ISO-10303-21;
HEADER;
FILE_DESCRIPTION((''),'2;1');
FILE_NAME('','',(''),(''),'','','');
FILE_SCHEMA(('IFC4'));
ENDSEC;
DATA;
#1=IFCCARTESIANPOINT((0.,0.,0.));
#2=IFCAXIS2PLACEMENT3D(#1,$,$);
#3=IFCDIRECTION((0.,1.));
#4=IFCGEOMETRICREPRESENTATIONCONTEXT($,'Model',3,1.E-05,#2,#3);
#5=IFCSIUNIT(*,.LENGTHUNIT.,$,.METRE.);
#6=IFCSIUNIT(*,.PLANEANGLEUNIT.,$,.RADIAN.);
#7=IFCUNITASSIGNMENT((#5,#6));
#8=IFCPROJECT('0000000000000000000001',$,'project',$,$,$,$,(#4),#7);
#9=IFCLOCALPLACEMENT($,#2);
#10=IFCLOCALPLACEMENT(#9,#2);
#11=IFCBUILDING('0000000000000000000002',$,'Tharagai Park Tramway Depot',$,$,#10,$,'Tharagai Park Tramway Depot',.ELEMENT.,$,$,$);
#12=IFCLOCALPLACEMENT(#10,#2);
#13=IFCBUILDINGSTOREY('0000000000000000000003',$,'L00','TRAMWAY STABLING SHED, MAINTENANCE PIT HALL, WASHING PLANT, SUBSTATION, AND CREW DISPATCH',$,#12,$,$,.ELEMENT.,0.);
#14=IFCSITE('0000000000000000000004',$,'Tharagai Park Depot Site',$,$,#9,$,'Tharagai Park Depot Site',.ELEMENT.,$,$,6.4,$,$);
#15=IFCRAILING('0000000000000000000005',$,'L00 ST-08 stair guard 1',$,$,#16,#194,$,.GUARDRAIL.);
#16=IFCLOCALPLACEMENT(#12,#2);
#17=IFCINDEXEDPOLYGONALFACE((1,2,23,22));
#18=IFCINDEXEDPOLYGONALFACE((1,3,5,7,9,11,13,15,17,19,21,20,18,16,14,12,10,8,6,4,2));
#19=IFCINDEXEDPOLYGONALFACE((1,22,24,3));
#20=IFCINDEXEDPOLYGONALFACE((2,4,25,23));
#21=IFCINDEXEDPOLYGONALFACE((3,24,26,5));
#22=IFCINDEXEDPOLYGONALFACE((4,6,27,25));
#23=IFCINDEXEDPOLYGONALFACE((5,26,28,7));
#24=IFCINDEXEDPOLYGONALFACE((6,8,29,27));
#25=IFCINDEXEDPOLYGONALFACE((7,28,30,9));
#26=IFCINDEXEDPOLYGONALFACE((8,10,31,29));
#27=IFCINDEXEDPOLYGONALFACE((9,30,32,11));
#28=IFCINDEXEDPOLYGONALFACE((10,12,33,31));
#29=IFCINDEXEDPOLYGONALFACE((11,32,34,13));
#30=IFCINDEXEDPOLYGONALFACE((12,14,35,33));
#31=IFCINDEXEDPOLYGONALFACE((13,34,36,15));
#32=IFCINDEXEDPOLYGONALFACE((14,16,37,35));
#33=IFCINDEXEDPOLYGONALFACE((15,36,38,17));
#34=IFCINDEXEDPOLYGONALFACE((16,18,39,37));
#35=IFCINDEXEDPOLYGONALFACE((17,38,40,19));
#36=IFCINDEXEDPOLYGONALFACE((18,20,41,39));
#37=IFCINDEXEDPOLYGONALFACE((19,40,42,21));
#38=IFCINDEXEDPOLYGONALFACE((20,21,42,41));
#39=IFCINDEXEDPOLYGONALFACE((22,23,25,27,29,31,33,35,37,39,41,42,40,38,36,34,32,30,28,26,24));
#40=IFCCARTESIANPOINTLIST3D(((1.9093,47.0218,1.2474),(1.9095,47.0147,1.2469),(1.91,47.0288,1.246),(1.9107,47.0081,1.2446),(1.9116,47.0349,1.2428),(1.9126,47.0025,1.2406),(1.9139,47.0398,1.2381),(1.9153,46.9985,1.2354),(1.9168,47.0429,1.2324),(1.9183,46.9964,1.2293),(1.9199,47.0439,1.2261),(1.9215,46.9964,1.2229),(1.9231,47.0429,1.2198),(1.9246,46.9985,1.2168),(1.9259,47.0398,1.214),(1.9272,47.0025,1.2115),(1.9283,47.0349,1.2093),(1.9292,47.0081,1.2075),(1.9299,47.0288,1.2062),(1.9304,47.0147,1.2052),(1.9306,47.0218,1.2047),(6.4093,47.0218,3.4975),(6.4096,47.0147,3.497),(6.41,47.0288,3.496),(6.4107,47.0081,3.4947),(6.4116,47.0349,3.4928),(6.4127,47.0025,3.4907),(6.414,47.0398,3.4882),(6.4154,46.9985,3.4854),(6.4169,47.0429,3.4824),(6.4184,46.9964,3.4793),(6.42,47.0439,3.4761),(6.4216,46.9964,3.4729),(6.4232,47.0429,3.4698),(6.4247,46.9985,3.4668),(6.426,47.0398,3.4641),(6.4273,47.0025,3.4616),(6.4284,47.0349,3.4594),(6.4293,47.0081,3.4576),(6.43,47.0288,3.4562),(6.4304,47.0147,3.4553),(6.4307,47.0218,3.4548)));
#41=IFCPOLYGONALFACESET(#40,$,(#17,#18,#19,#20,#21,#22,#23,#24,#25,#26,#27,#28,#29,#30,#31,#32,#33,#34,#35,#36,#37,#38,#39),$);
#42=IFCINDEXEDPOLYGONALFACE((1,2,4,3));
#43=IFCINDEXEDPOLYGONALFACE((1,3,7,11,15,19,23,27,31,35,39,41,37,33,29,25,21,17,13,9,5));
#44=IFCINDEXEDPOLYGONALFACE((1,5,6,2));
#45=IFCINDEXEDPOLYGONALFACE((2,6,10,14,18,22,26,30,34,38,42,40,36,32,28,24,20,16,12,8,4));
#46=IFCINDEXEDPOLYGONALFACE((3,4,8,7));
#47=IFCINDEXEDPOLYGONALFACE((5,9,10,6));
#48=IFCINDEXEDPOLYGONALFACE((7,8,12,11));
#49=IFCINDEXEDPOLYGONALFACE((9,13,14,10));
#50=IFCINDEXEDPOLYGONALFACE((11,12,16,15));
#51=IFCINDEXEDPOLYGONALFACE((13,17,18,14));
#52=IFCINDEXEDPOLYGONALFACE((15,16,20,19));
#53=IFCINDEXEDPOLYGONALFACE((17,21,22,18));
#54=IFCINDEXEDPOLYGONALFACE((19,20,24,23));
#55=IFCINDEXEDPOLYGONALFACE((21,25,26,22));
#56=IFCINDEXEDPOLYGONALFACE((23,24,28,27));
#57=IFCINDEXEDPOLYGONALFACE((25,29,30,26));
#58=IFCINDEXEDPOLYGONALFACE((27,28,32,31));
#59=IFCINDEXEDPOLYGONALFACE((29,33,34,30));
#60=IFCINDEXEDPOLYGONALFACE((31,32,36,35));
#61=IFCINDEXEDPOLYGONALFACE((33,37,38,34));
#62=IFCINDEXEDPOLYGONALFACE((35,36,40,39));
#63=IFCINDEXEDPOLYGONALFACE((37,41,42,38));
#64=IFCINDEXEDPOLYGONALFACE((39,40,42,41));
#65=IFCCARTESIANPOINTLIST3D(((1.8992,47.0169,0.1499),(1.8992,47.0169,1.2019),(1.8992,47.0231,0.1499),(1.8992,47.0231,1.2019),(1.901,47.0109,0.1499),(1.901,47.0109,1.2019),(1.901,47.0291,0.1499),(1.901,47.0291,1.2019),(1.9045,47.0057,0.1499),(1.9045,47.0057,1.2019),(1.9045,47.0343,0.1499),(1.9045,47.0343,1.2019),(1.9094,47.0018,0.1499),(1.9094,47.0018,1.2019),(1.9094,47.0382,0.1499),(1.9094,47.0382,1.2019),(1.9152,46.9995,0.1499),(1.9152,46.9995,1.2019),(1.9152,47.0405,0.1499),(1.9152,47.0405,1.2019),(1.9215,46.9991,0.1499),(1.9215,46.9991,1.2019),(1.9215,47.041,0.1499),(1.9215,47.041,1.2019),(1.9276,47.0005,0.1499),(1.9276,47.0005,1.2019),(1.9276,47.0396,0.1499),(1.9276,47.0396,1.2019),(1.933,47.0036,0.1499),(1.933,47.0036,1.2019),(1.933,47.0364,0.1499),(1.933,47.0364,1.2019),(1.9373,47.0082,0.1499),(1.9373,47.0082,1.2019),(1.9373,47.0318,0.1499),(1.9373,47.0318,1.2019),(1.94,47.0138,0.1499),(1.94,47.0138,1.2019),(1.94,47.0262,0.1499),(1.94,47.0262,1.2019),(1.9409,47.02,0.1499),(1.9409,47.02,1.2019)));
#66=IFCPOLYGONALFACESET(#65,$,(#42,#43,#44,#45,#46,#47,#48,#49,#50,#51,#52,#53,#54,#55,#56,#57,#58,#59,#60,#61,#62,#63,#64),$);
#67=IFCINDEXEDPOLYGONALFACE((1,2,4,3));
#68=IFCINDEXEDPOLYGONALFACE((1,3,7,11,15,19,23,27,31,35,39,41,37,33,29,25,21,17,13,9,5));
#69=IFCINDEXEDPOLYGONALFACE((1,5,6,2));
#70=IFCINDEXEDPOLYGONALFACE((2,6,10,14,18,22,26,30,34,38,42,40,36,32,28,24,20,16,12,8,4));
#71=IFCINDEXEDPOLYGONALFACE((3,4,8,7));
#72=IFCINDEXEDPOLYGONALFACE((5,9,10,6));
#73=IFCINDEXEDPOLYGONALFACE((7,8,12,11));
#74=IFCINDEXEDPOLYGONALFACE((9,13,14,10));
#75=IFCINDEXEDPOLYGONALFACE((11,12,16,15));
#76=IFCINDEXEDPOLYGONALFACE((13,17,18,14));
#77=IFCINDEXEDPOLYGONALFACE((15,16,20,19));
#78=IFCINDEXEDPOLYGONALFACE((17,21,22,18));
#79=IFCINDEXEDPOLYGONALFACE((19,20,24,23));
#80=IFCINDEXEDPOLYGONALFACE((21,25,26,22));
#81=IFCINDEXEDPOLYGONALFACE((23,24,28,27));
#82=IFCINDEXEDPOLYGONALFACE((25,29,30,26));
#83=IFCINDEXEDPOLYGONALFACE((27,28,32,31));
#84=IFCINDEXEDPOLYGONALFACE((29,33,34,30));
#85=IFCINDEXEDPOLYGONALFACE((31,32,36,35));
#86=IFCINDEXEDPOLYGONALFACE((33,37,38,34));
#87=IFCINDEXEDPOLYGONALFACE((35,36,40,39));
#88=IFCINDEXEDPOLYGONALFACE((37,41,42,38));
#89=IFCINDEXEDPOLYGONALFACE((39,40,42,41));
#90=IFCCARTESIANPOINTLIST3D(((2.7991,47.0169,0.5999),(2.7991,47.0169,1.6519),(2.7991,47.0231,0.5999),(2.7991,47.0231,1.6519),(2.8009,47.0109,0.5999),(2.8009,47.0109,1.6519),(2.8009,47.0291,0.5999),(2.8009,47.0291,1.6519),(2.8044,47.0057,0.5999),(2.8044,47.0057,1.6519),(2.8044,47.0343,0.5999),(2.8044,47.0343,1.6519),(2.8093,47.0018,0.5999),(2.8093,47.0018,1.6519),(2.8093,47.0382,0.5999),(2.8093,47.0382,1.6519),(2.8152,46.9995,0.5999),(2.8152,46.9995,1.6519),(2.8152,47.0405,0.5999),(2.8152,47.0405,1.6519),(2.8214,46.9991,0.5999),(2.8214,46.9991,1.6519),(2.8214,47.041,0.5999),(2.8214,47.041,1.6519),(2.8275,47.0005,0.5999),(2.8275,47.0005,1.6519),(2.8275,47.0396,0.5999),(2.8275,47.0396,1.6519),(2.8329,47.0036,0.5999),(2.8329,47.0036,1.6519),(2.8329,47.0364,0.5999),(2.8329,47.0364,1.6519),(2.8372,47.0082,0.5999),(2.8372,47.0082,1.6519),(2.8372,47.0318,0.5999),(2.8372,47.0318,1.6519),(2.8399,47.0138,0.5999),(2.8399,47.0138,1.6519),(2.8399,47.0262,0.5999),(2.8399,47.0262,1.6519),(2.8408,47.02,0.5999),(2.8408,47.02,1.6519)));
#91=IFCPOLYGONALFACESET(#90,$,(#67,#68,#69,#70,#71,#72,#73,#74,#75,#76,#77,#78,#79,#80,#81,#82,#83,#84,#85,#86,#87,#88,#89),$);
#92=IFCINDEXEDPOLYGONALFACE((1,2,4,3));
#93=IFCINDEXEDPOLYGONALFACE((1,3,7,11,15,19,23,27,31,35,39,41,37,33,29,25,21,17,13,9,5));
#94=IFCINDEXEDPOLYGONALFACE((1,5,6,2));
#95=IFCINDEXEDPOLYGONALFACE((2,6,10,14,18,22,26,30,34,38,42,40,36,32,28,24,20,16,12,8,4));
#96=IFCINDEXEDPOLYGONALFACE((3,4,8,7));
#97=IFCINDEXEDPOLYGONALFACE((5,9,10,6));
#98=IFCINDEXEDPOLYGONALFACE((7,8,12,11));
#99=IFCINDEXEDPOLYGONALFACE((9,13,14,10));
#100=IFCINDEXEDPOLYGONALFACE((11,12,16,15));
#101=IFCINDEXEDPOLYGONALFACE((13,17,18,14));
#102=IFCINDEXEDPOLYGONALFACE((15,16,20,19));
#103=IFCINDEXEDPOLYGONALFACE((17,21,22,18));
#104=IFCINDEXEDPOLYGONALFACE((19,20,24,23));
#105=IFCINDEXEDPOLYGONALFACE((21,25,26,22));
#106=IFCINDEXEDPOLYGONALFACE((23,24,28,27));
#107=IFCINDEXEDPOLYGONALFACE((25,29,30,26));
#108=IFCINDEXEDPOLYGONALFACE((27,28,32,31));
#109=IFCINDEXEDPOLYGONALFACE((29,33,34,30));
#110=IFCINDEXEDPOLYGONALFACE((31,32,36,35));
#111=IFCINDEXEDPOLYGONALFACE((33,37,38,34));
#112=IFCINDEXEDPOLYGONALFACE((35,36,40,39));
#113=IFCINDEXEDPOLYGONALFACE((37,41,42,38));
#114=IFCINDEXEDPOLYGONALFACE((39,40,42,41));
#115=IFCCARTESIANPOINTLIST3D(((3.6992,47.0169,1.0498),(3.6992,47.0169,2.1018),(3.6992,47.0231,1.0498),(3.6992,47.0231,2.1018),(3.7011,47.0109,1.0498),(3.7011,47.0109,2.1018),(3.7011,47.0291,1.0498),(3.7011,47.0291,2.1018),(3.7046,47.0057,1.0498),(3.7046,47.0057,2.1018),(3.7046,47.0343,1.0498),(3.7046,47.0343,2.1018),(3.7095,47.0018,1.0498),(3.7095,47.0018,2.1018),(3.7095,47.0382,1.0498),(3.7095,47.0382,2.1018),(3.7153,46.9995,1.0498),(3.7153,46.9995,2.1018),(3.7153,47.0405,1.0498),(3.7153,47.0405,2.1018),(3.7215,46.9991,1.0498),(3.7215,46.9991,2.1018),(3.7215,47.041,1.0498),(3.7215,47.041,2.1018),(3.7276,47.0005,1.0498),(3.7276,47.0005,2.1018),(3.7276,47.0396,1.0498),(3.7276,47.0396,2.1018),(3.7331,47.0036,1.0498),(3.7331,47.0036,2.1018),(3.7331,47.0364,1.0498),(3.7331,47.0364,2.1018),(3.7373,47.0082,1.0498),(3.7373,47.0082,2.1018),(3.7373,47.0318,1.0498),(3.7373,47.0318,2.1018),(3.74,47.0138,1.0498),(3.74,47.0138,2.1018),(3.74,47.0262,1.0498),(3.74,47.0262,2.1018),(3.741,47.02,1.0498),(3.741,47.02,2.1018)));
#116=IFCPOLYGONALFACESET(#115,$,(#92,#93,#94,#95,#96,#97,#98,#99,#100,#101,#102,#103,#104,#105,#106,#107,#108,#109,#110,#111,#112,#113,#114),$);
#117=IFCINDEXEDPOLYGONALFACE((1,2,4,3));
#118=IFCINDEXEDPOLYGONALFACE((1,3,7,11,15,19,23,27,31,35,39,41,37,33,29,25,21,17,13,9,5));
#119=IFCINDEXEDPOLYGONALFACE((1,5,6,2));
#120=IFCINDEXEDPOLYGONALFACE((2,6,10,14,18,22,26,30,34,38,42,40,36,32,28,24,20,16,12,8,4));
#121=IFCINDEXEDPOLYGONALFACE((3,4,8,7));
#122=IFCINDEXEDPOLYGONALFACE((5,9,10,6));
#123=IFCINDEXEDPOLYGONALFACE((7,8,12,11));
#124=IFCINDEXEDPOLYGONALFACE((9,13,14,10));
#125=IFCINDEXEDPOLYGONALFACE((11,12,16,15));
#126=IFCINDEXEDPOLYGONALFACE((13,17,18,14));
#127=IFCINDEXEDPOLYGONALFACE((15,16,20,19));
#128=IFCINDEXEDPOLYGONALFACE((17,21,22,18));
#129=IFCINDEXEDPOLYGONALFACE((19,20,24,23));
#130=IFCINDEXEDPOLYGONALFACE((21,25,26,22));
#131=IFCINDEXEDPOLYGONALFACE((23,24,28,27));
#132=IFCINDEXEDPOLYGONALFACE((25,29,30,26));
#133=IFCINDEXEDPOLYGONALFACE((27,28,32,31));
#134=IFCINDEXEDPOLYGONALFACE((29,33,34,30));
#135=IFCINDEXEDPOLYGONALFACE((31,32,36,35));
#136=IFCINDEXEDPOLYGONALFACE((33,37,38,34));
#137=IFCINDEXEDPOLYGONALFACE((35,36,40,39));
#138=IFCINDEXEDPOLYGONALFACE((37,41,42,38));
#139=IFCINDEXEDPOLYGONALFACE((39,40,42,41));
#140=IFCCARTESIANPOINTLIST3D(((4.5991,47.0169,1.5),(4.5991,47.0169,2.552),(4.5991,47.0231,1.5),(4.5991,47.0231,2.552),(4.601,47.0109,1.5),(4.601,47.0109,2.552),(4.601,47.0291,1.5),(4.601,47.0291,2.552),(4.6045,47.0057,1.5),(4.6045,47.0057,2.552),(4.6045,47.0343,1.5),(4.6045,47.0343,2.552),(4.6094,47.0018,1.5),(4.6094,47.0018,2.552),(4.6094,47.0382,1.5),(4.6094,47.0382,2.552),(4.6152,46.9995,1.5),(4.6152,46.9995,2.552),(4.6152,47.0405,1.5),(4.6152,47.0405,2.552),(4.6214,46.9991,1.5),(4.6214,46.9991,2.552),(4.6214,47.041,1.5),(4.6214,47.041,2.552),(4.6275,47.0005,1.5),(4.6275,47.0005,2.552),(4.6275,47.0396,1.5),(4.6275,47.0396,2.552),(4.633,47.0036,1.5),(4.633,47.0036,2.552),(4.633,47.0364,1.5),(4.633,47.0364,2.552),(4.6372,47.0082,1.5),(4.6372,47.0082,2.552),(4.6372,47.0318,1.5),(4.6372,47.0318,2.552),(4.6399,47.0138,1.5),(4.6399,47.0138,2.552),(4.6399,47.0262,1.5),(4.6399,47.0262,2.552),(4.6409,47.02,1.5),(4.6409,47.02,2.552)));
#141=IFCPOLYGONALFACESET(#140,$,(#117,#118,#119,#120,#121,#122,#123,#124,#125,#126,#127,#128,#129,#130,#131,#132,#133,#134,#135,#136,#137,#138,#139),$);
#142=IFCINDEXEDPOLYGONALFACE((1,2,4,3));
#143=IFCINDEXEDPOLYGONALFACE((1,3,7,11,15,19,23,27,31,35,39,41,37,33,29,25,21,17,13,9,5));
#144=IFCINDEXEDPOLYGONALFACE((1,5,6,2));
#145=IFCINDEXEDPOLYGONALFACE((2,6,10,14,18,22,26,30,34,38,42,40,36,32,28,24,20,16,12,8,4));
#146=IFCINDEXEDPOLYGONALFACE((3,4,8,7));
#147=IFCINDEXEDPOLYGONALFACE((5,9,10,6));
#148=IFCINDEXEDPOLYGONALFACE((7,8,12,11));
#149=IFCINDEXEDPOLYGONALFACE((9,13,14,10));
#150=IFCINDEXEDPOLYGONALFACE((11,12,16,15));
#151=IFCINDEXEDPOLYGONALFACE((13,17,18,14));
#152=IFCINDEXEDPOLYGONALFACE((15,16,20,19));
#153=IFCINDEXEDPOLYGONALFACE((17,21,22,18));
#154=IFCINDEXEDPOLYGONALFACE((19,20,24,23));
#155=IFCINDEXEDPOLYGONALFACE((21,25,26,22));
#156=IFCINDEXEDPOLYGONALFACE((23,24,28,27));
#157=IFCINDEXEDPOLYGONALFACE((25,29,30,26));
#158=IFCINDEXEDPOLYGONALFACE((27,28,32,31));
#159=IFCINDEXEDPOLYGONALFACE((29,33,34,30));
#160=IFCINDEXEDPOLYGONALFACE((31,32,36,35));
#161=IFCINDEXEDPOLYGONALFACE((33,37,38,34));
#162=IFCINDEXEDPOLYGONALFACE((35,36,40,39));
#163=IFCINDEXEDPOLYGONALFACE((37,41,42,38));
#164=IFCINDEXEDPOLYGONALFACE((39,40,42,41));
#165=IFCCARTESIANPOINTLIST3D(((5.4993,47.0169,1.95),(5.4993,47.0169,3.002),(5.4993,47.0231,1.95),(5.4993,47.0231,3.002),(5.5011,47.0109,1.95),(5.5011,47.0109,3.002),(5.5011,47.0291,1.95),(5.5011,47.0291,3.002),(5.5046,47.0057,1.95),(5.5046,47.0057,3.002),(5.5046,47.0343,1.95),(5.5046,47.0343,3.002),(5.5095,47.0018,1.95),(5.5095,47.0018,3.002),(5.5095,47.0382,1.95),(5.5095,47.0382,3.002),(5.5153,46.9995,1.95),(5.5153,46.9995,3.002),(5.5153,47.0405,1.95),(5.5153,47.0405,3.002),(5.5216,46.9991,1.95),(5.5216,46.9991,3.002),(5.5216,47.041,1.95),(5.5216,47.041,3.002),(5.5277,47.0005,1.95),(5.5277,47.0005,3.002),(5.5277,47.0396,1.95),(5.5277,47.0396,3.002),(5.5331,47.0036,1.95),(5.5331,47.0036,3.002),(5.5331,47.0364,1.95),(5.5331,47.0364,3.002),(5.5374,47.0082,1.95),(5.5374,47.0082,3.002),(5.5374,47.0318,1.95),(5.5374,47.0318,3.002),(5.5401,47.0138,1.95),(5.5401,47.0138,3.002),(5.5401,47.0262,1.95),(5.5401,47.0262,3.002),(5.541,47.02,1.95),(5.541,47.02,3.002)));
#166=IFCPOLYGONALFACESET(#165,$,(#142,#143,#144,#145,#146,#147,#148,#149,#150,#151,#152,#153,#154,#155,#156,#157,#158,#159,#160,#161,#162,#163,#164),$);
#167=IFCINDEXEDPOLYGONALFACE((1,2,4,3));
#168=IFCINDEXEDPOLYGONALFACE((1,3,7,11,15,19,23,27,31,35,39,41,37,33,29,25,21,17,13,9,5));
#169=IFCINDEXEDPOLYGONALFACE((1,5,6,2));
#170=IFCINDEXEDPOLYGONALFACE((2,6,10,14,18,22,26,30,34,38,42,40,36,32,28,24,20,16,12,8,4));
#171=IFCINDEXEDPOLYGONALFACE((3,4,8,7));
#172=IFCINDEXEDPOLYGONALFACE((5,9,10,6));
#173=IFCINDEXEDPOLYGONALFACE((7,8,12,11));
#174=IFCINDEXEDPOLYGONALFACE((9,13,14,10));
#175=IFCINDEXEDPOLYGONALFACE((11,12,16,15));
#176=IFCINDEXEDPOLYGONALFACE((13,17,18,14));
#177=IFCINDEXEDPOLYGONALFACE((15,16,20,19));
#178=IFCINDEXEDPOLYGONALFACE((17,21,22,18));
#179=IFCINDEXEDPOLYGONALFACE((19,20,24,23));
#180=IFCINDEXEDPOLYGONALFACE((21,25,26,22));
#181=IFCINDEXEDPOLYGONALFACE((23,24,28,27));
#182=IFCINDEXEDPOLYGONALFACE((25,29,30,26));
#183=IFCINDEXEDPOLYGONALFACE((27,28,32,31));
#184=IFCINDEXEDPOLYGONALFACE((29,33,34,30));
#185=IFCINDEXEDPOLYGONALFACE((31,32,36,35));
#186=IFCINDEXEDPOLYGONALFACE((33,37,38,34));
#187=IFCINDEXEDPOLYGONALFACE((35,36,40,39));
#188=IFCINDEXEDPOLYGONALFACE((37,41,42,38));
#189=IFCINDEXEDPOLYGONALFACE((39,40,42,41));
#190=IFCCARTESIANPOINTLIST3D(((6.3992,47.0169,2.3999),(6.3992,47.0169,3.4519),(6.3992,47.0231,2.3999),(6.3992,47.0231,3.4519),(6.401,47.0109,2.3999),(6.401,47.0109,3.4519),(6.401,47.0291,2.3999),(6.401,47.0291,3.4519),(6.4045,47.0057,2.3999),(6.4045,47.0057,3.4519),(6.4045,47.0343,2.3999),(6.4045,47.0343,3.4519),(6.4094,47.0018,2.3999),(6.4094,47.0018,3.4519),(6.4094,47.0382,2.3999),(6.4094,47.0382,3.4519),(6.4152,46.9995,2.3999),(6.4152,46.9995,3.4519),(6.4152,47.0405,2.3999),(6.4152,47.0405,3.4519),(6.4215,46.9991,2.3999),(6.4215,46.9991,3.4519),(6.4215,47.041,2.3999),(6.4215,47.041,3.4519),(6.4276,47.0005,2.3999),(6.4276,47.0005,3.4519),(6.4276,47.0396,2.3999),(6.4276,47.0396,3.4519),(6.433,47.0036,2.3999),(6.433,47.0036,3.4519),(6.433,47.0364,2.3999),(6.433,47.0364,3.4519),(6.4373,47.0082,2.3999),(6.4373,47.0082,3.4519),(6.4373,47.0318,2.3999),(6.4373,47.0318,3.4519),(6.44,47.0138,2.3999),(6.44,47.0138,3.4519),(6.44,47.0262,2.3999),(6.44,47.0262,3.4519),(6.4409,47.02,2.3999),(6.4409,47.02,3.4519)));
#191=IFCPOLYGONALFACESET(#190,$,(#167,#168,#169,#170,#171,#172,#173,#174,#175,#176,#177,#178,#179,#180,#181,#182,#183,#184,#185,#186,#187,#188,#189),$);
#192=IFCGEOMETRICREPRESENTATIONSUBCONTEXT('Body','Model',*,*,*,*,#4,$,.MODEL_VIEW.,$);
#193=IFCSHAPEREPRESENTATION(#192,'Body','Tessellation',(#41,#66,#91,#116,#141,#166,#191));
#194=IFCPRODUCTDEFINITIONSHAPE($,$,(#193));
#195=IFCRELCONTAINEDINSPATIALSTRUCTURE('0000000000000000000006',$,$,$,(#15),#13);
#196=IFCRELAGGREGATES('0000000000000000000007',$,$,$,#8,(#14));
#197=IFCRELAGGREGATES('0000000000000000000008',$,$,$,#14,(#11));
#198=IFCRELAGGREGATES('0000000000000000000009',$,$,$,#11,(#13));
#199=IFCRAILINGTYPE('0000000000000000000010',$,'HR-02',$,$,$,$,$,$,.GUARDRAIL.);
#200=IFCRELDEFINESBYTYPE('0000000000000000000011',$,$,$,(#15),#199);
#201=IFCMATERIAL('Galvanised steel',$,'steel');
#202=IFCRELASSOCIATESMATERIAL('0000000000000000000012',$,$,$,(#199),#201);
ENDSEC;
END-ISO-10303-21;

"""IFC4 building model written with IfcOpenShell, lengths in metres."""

from ifc_helpers import new_model, si_unit, direction, frame, origin, origin_2d, place, context, subcontext, project, spatial, circle, extrude, material, type_object, element, save


model = new_model("IFC4")

# Units and contexts
model_context = context("Model", 3, precision=1e-05, world=origin(), true_north=direction((0.0, 1.0)))
body_context = subcontext(model_context, "Body", "Model", "MODEL_VIEW")
ifc_project = project(units=[si_unit("LENGTHUNIT", "METRE"), si_unit("PLANEANGLEUNIT", "RADIAN")], contexts=[model_context])

# Site, building, storey
site_placement = place(None, origin())
site = spatial("IfcSite", under=ifc_project, at=site_placement, Name="Tharagai Park Depot Site", LongName="Tharagai Park Depot Site", CompositionType="ELEMENT", RefElevation=6.4)
building_placement = place(site_placement, origin())
building = spatial("IfcBuilding", under=site, at=building_placement, Name="Tharagai Park Tramway Depot", LongName="Tharagai Park Tramway Depot", CompositionType="ELEMENT")
storey_placement = place(building_placement, origin())
storey = spatial("IfcBuildingStorey", under=building, at=storey_placement, Name="L00", Description="TRAMWAY STABLING SHED, MAINTENANCE PIT HALL, WASHING PLANT, SUBSTATION, AND CREW DISPATCH", CompositionType="ELEMENT", Elevation=0.0)

# Shared definitions
ifc_material_1 = material(Name="Galvanised steel", Category="steel")

# Railing
railing_type_1 = type_object("IfcRailingType", Name="HR-02", PredefinedType="GUARDRAIL", material=ifc_material_1)
railing_1_placement = place(storey_placement, frame((1.9199, 47.02, 0.1499)))
element("IfcRailing", 1, at=railing_1_placement, inside=storey, type_object=railing_type_1, Name="L00 ST-08 stair guard 1", PredefinedType="GUARDRAIL", context=body_context, shape_type="SweptSolid", body=[
    extrude(circle(Radius=0.0239, at=origin_2d()), frame((0.0, 0.0, 1.0762), z_axis=(0.894427, 0.0, 0.447214), x_axis=(0.0, 1.0, 0.0)), (0.0, 0.0, 1.0), 5.0312),
    extrude(circle(Radius=0.021, at=origin_2d()), origin(), (0.0, 0.0, 1.0), 1.052),
    extrude(circle(Radius=0.021, at=origin_2d()), frame((0.8999, 0.0, 0.45)), (0.0, 0.0, 1.0), 1.052),
    extrude(circle(Radius=0.021, at=origin_2d()), frame((1.8, 0.0, 0.8999)), (0.0, 0.0, 1.0), 1.052),
    extrude(circle(Radius=0.021, at=origin_2d()), frame((2.7, 0.0, 1.3501)), (0.0, 0.0, 1.0), 1.052),
    extrude(circle(Radius=0.021, at=origin_2d()), frame((3.6001, 0.0, 1.8)), (0.0, 0.0, 1.0), 1.052),
    extrude(circle(Radius=0.021, at=origin_2d()), frame((4.5, 0.0, 2.25)), (0.0, 0.0, 1.0), 1.052),
])

save(model, "model.ifc")
